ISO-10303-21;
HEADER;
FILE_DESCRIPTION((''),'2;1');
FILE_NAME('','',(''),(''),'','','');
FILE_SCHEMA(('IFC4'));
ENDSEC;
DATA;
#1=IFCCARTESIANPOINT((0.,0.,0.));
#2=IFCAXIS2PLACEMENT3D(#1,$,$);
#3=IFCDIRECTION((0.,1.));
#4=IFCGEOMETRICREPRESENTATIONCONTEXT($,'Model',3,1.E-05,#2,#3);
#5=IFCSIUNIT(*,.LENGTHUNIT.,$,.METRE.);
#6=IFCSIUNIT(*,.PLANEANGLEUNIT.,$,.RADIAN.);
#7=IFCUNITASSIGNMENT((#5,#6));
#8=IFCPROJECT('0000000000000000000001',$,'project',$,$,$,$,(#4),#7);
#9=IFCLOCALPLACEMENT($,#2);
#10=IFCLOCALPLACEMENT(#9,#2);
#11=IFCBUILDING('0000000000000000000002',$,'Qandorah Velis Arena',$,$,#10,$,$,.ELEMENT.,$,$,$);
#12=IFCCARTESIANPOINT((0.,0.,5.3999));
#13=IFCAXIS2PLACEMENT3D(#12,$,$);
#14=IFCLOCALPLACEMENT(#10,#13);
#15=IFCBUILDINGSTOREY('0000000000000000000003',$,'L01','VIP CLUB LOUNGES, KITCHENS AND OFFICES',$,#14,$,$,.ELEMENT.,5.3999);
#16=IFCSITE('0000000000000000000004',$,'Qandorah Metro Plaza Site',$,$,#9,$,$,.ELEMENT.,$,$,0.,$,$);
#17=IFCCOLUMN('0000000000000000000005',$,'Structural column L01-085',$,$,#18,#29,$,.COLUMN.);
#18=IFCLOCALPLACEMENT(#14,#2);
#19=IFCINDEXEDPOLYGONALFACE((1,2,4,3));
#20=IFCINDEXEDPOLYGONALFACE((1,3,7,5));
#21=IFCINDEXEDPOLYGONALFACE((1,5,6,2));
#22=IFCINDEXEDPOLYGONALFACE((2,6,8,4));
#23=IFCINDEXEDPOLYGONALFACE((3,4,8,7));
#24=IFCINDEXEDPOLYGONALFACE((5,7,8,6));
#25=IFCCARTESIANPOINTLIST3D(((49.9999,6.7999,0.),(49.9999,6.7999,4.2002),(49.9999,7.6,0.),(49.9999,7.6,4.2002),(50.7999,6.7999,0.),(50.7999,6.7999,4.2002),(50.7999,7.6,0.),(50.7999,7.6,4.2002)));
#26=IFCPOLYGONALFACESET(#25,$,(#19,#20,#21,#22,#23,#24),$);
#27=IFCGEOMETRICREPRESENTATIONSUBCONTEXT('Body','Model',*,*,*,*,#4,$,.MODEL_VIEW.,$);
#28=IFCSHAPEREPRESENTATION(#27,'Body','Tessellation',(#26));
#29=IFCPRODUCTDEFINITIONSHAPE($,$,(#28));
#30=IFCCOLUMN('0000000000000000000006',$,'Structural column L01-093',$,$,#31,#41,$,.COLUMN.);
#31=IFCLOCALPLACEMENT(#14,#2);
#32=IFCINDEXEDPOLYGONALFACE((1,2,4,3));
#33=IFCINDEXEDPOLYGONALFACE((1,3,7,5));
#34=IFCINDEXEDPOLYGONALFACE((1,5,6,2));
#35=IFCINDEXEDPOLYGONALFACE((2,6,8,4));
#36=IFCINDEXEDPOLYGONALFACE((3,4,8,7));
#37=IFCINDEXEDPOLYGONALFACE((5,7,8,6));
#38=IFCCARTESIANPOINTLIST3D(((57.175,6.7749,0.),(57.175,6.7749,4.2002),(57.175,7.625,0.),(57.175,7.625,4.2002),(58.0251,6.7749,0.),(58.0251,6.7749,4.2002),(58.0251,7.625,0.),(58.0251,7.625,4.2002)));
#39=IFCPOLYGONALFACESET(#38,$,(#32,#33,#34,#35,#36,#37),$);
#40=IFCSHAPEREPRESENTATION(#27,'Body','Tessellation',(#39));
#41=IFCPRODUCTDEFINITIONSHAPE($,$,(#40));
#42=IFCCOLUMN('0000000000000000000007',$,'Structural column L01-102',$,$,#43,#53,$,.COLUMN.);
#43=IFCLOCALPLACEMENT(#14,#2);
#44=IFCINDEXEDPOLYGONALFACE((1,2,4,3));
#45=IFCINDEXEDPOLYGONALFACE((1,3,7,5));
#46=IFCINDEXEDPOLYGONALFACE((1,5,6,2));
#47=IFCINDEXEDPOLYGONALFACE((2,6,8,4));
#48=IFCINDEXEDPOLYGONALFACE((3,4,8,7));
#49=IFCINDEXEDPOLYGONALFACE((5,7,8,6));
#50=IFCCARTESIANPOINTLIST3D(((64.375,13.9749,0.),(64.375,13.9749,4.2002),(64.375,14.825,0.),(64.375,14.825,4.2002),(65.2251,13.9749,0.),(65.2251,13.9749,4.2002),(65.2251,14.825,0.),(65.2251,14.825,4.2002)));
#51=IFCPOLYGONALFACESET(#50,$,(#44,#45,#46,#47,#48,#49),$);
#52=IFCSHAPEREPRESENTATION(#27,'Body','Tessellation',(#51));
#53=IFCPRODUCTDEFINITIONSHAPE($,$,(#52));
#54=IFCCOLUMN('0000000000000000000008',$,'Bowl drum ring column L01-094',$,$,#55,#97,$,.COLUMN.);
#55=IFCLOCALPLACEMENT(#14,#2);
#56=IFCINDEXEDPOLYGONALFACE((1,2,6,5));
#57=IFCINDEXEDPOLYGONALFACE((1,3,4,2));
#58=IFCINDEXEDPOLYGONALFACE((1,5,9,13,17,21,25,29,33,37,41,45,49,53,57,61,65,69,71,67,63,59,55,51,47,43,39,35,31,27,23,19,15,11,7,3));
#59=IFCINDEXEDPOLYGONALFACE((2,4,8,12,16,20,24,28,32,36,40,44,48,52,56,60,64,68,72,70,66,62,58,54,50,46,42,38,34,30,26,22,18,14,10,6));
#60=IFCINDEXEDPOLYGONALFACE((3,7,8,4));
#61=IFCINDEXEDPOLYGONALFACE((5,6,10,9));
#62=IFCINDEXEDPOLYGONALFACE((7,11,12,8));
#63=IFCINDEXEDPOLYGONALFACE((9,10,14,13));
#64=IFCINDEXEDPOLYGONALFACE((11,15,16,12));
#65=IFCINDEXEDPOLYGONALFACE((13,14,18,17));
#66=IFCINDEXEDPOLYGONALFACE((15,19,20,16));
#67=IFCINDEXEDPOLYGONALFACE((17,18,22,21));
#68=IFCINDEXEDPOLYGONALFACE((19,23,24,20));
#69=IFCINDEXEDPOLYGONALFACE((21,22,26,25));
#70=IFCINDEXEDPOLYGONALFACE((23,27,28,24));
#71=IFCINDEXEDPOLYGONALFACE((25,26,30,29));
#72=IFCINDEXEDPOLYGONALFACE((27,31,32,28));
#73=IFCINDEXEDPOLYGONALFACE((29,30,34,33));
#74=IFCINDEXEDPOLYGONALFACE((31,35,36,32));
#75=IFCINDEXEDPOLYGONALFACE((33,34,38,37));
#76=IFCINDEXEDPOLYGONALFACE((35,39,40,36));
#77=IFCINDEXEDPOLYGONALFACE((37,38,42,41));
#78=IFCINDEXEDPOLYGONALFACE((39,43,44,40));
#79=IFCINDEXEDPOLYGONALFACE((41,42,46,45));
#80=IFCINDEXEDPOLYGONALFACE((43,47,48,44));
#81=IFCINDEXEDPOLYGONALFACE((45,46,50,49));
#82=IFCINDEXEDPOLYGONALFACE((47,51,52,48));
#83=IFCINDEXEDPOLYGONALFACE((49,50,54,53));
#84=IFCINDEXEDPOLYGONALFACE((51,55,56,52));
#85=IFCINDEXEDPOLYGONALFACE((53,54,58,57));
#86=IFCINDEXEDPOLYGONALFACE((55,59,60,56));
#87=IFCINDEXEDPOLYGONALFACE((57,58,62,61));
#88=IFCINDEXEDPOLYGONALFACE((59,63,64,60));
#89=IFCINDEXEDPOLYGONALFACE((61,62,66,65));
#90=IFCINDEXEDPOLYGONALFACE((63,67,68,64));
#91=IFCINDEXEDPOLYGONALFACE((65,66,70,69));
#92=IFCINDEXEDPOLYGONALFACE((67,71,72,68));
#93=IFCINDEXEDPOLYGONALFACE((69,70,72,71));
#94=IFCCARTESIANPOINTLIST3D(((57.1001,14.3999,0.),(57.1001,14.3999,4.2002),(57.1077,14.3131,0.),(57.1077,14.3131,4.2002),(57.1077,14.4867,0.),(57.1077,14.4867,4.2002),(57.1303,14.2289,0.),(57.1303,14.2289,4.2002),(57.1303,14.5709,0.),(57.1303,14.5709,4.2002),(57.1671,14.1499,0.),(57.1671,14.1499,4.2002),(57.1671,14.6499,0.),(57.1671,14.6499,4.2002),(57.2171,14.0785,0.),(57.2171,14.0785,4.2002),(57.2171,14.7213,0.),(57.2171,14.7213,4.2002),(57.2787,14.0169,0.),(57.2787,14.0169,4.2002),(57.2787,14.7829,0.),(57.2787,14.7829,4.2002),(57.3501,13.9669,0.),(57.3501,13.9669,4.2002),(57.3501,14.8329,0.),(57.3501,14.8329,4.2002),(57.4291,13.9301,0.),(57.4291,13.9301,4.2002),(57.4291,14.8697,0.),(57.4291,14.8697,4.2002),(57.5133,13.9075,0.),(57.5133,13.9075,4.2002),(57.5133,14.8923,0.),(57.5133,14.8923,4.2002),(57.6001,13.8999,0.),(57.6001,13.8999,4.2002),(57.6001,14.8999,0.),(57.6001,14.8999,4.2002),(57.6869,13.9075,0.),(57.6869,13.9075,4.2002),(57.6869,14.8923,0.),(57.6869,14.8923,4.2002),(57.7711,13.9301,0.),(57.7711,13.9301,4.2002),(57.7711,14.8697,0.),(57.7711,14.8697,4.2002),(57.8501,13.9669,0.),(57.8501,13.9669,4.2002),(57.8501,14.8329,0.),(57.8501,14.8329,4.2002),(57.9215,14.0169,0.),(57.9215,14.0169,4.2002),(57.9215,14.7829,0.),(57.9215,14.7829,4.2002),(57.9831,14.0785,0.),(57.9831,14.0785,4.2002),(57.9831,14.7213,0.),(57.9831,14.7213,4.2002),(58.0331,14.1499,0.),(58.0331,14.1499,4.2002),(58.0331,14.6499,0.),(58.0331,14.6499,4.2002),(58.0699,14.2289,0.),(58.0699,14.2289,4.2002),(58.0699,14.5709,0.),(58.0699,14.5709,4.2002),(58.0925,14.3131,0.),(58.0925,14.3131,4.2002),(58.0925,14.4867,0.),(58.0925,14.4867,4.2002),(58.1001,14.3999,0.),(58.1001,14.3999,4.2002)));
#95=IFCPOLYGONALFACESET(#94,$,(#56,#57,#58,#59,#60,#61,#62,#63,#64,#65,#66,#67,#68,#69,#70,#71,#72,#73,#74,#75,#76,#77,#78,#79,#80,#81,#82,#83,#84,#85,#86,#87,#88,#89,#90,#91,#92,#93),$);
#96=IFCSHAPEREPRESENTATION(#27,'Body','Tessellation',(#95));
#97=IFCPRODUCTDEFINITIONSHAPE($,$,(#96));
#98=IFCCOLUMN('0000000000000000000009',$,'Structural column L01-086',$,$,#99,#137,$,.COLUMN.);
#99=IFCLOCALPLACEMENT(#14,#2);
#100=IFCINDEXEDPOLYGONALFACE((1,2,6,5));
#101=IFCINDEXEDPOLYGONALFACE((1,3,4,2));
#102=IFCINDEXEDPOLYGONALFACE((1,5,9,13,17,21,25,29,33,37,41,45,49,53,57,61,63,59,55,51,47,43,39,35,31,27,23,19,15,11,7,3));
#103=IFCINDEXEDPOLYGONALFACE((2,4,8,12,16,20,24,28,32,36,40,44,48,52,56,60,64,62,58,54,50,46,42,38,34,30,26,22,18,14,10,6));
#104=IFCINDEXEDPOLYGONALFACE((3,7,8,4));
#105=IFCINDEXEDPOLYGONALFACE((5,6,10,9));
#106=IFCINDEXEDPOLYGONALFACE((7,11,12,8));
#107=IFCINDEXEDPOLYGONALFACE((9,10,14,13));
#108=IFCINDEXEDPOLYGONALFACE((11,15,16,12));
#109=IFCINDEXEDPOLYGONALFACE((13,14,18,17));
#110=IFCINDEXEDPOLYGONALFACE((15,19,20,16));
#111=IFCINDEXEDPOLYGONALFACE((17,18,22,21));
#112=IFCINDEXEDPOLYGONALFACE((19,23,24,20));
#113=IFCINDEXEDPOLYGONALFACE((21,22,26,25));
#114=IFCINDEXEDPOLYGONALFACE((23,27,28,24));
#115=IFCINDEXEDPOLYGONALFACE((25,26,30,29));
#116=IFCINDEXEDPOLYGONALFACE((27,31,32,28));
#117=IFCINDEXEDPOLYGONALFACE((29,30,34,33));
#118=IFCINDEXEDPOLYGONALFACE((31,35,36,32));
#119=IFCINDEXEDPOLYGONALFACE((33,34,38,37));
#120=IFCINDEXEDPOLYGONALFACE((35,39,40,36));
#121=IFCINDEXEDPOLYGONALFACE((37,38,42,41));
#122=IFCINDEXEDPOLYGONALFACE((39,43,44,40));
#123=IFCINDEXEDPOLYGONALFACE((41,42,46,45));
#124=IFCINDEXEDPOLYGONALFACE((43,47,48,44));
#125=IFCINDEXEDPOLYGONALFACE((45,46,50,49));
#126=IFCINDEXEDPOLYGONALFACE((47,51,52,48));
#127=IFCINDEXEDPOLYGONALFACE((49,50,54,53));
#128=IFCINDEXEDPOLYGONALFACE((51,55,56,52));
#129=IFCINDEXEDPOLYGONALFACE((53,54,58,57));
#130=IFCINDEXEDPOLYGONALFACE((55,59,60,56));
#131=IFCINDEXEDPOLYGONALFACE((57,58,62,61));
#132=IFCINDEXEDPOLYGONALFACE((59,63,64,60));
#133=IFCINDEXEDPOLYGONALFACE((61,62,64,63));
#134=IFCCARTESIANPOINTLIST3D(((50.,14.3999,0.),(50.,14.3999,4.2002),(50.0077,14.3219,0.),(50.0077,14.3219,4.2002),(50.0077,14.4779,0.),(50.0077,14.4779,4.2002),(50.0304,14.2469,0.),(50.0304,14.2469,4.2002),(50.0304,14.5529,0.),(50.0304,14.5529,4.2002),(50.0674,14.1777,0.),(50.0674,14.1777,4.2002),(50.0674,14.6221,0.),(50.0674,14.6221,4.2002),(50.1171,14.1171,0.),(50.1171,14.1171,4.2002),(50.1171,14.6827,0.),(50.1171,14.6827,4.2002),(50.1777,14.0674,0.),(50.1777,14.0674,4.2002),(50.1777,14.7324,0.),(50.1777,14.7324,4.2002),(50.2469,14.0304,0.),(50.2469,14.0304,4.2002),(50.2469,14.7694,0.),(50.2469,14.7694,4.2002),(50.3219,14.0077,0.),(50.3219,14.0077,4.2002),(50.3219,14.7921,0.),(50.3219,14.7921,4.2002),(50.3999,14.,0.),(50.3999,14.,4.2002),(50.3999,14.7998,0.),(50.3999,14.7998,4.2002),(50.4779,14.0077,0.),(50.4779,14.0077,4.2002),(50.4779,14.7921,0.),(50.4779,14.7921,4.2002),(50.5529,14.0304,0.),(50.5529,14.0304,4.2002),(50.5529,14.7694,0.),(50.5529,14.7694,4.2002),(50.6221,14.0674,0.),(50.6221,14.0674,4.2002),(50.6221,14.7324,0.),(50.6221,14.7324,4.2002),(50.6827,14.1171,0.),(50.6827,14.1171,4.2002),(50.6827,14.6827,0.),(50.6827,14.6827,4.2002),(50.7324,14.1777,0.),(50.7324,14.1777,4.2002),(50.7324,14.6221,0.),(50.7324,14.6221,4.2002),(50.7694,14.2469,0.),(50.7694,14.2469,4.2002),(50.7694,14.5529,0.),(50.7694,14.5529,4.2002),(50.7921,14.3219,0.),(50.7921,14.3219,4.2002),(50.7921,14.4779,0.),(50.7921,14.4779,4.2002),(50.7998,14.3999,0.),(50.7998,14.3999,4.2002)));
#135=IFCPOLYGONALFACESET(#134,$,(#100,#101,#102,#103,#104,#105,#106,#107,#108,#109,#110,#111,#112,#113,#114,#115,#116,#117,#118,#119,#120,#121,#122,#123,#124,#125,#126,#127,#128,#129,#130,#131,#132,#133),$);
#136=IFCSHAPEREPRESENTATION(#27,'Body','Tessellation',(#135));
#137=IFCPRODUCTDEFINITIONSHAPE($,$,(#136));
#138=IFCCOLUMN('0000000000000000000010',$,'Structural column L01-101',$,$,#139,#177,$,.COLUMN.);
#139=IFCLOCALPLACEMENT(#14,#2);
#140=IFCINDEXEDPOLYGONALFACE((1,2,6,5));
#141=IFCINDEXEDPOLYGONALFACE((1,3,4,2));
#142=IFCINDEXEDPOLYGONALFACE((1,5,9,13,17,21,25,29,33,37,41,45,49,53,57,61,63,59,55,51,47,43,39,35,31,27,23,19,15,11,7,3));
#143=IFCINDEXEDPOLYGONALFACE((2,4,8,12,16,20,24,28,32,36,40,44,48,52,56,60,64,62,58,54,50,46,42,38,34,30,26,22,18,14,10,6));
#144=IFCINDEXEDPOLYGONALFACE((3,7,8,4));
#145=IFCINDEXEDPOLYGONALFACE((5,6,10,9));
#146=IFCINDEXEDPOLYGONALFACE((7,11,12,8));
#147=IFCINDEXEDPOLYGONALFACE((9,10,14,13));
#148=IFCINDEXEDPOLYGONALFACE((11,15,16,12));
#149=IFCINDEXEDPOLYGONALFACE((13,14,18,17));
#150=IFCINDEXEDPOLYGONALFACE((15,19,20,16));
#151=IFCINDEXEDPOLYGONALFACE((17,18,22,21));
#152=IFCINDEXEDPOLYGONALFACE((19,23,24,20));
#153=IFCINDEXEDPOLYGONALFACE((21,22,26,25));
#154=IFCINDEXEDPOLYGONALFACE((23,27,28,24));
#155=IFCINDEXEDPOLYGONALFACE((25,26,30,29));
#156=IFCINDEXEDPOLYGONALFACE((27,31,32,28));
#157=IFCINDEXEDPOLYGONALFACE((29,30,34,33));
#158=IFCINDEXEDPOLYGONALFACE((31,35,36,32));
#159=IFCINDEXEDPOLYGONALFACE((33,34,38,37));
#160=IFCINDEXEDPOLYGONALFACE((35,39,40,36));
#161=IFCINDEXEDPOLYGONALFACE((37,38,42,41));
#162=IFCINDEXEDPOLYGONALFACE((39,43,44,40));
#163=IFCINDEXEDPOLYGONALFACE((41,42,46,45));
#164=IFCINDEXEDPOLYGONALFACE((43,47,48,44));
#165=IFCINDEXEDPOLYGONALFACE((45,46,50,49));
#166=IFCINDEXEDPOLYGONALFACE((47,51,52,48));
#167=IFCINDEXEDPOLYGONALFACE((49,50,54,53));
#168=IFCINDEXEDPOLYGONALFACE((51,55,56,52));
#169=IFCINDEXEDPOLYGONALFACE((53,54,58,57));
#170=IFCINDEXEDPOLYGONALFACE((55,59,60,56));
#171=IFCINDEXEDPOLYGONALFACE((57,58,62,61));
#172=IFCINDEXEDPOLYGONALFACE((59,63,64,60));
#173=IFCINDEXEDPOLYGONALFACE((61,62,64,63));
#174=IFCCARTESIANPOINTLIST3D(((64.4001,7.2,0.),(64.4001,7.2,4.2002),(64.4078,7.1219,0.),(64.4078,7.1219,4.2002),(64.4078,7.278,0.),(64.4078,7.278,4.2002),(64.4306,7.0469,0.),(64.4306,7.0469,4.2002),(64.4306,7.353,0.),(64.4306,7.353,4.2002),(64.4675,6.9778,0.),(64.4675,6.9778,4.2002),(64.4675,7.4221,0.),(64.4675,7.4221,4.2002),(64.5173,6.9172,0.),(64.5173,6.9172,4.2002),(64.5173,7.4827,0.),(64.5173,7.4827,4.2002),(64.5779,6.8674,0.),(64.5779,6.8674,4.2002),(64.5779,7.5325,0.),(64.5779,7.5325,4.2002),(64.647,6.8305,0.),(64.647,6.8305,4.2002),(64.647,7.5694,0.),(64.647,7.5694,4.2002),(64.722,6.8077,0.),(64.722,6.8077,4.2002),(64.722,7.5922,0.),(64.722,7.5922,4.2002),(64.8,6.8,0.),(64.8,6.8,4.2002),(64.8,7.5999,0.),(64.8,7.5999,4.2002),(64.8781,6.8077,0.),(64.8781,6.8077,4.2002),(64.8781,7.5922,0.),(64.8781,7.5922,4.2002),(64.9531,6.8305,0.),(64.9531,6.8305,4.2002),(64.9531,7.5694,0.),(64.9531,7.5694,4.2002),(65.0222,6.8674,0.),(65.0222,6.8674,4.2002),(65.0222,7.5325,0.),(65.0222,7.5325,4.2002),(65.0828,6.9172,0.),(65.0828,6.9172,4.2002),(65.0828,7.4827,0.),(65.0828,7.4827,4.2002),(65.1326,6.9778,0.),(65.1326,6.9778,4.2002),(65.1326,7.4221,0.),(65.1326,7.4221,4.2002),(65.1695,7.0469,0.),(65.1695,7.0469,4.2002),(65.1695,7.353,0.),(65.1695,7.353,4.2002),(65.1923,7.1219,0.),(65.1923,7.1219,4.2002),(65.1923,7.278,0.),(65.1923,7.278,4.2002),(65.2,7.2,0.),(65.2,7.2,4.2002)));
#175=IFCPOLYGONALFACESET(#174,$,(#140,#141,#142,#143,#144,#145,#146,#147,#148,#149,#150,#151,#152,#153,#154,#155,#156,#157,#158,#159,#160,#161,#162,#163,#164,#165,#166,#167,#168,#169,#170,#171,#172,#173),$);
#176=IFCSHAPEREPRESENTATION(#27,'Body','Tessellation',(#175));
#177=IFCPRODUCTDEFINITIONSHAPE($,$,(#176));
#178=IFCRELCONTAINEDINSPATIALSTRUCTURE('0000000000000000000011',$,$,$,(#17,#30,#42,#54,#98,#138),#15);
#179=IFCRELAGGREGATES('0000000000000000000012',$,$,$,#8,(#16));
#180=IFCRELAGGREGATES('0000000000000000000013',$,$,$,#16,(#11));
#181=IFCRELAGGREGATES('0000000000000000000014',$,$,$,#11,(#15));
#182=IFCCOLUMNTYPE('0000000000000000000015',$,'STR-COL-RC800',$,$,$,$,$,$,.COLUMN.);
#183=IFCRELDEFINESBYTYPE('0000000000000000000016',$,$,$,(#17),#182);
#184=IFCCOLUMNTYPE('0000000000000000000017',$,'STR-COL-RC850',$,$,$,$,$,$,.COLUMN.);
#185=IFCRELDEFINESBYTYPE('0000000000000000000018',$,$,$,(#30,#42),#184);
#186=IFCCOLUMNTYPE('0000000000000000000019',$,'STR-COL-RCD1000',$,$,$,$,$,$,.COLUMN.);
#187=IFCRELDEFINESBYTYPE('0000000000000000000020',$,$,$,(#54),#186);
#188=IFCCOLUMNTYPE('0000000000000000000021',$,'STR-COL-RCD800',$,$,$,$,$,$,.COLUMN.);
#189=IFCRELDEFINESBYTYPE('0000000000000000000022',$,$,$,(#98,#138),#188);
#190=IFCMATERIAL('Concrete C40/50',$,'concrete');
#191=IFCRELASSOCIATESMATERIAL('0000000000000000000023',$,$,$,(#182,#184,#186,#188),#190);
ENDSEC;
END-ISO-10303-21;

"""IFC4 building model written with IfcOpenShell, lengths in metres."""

from ifc_helpers import new_model, si_unit, direction, frame, origin, origin_2d, place, context, subcontext, project, spatial, rectangle, circle, extrude, material, material_profile, profile_set, type_object, element, save


model = new_model("IFC4")

# Units and contexts
model_context = context("Model", 3, precision=1e-05, world=origin(), true_north=direction((0.0, 1.0)))
body_context = subcontext(model_context, "Body", "Model", "MODEL_VIEW")
ifc_project = project(units=[si_unit("LENGTHUNIT", "METRE"), si_unit("PLANEANGLEUNIT", "RADIAN")], contexts=[model_context])

# Site, building, storey
site_placement = place(None, origin())
site = spatial("IfcSite", under=ifc_project, at=site_placement, Name="Qandorah Metro Plaza Site", CompositionType="ELEMENT", RefElevation=0.0)
building_placement = place(site_placement, origin())
building = spatial("IfcBuilding", under=site, at=building_placement, Name="Qandorah Velis Arena", CompositionType="ELEMENT")
storey_placement = place(building_placement, frame((0.0, 0.0, 5.3999)))
storey = spatial("IfcBuildingStorey", under=building, at=storey_placement, Name="L01", Description="VIP CLUB LOUNGES, KITCHENS AND OFFICES", CompositionType="ELEMENT", Elevation=5.3999)

# Columns
ifc_material_1 = material(Name="Concrete C40/50", Category="concrete")
ifc_material_profile_1 = material_profile(ifc_material_1, rectangle(XDim=0.8, YDim=0.8, at=origin_2d()), Name="RC COL 800x800")
ifc_profile_set_1 = profile_set([ifc_material_profile_1], Name="Concrete C40/50")
column_type_1 = type_object("IfcColumnType", Name="STR-COL-RC800", PredefinedType="COLUMN", material=ifc_profile_set_1)
column_1_placement = place(storey_placement, frame((50.3999, 7.2, 0.0), z_axis=(0.0, 0.0, 1.0), x_axis=(1.0, 0.0, 0.0)))
element("IfcColumn", 1, at=column_1_placement, inside=storey, type_object=column_type_1, Name="Structural column L01-085", PredefinedType="COLUMN", context=body_context, shape_type="SweptSolid", body=[
    extrude(rectangle(XDim=0.8, YDim=0.8, at=origin_2d()), origin(), (0.0, 0.0, 1.0), 4.2002),
])
ifc_material_profile_2 = material_profile(ifc_material_1, rectangle(XDim=0.8501, YDim=0.8501, at=origin_2d()), Name="RC COL 850x850")
ifc_profile_set_2 = profile_set([ifc_material_profile_2], Name="Concrete C40/50")
column_type_2 = type_object("IfcColumnType", Name="STR-COL-RC850", PredefinedType="COLUMN", material=ifc_profile_set_2)
for number, where, z_axis, x_axis, name in (
    (2, (57.6001, 7.2, 0.0), (0.0, 0.0, 1.0), (1.0, 0.0, 0.0), "Structural column L01-093"),
    (3, (64.8, 14.3999, 0.0), (0.0, 0.0, 1.0), (1.0, 0.0, 0.0), "Structural column L01-102"),
):
    element("IfcColumn", number, at=place(storey_placement, frame(where, z_axis=z_axis, x_axis=x_axis)), inside=storey, type_object=column_type_2, Name=name, PredefinedType="COLUMN", context=body_context, shape_type="SweptSolid", body=[
        extrude(rectangle(XDim=0.8501, YDim=0.8501, at=origin_2d()), origin(), (0.0, 0.0, 1.0), 4.2002),
    ])
ifc_material_profile_3 = material_profile(ifc_material_1, circle(Radius=0.5, at=origin_2d()), Name="RC D1000")
ifc_profile_set_3 = profile_set([ifc_material_profile_3], Name="Concrete C40/50")
column_type_3 = type_object("IfcColumnType", Name="STR-COL-RCD1000", PredefinedType="COLUMN", material=ifc_profile_set_3)
column_2_placement = place(storey_placement, frame((57.6001, 14.3999, 0.0), z_axis=(0.0, 0.0, 1.0), x_axis=(1.0, 0.0, 0.0)))
element("IfcColumn", 4, at=column_2_placement, inside=storey, type_object=column_type_3, Name="Bowl drum ring column L01-094", PredefinedType="COLUMN", context=body_context, shape_type="SweptSolid", body=[
    extrude(circle(Radius=0.5, at=origin_2d()), origin(), (0.0, 0.0, 1.0), 4.2002),
])
ifc_material_profile_4 = material_profile(ifc_material_1, circle(Radius=0.3999, at=origin_2d()), Name="RC D800")
ifc_profile_set_4 = profile_set([ifc_material_profile_4], Name="Concrete C40/50")
column_type_4 = type_object("IfcColumnType", Name="STR-COL-RCD800", PredefinedType="COLUMN", material=ifc_profile_set_4)
for number, where, z_axis, x_axis, name in (
    (5, (50.3999, 14.3999, 0.0), (0.0, 0.0, 1.0), (1.0, 0.0, 0.0), "Structural column L01-086"),
    (6, (64.8, 7.2, 0.0), (0.0, 0.0, 1.0), (1.0, 0.0, 0.0), "Structural column L01-101"),
):
    element("IfcColumn", number, at=place(storey_placement, frame(where, z_axis=z_axis, x_axis=x_axis)), inside=storey, type_object=column_type_4, Name=name, PredefinedType="COLUMN", context=body_context, shape_type="SweptSolid", body=[
        extrude(circle(Radius=0.3999, at=origin_2d()), origin(), (0.0, 0.0, 1.0), 4.2002),
    ])

save(model, "model.ifc")
